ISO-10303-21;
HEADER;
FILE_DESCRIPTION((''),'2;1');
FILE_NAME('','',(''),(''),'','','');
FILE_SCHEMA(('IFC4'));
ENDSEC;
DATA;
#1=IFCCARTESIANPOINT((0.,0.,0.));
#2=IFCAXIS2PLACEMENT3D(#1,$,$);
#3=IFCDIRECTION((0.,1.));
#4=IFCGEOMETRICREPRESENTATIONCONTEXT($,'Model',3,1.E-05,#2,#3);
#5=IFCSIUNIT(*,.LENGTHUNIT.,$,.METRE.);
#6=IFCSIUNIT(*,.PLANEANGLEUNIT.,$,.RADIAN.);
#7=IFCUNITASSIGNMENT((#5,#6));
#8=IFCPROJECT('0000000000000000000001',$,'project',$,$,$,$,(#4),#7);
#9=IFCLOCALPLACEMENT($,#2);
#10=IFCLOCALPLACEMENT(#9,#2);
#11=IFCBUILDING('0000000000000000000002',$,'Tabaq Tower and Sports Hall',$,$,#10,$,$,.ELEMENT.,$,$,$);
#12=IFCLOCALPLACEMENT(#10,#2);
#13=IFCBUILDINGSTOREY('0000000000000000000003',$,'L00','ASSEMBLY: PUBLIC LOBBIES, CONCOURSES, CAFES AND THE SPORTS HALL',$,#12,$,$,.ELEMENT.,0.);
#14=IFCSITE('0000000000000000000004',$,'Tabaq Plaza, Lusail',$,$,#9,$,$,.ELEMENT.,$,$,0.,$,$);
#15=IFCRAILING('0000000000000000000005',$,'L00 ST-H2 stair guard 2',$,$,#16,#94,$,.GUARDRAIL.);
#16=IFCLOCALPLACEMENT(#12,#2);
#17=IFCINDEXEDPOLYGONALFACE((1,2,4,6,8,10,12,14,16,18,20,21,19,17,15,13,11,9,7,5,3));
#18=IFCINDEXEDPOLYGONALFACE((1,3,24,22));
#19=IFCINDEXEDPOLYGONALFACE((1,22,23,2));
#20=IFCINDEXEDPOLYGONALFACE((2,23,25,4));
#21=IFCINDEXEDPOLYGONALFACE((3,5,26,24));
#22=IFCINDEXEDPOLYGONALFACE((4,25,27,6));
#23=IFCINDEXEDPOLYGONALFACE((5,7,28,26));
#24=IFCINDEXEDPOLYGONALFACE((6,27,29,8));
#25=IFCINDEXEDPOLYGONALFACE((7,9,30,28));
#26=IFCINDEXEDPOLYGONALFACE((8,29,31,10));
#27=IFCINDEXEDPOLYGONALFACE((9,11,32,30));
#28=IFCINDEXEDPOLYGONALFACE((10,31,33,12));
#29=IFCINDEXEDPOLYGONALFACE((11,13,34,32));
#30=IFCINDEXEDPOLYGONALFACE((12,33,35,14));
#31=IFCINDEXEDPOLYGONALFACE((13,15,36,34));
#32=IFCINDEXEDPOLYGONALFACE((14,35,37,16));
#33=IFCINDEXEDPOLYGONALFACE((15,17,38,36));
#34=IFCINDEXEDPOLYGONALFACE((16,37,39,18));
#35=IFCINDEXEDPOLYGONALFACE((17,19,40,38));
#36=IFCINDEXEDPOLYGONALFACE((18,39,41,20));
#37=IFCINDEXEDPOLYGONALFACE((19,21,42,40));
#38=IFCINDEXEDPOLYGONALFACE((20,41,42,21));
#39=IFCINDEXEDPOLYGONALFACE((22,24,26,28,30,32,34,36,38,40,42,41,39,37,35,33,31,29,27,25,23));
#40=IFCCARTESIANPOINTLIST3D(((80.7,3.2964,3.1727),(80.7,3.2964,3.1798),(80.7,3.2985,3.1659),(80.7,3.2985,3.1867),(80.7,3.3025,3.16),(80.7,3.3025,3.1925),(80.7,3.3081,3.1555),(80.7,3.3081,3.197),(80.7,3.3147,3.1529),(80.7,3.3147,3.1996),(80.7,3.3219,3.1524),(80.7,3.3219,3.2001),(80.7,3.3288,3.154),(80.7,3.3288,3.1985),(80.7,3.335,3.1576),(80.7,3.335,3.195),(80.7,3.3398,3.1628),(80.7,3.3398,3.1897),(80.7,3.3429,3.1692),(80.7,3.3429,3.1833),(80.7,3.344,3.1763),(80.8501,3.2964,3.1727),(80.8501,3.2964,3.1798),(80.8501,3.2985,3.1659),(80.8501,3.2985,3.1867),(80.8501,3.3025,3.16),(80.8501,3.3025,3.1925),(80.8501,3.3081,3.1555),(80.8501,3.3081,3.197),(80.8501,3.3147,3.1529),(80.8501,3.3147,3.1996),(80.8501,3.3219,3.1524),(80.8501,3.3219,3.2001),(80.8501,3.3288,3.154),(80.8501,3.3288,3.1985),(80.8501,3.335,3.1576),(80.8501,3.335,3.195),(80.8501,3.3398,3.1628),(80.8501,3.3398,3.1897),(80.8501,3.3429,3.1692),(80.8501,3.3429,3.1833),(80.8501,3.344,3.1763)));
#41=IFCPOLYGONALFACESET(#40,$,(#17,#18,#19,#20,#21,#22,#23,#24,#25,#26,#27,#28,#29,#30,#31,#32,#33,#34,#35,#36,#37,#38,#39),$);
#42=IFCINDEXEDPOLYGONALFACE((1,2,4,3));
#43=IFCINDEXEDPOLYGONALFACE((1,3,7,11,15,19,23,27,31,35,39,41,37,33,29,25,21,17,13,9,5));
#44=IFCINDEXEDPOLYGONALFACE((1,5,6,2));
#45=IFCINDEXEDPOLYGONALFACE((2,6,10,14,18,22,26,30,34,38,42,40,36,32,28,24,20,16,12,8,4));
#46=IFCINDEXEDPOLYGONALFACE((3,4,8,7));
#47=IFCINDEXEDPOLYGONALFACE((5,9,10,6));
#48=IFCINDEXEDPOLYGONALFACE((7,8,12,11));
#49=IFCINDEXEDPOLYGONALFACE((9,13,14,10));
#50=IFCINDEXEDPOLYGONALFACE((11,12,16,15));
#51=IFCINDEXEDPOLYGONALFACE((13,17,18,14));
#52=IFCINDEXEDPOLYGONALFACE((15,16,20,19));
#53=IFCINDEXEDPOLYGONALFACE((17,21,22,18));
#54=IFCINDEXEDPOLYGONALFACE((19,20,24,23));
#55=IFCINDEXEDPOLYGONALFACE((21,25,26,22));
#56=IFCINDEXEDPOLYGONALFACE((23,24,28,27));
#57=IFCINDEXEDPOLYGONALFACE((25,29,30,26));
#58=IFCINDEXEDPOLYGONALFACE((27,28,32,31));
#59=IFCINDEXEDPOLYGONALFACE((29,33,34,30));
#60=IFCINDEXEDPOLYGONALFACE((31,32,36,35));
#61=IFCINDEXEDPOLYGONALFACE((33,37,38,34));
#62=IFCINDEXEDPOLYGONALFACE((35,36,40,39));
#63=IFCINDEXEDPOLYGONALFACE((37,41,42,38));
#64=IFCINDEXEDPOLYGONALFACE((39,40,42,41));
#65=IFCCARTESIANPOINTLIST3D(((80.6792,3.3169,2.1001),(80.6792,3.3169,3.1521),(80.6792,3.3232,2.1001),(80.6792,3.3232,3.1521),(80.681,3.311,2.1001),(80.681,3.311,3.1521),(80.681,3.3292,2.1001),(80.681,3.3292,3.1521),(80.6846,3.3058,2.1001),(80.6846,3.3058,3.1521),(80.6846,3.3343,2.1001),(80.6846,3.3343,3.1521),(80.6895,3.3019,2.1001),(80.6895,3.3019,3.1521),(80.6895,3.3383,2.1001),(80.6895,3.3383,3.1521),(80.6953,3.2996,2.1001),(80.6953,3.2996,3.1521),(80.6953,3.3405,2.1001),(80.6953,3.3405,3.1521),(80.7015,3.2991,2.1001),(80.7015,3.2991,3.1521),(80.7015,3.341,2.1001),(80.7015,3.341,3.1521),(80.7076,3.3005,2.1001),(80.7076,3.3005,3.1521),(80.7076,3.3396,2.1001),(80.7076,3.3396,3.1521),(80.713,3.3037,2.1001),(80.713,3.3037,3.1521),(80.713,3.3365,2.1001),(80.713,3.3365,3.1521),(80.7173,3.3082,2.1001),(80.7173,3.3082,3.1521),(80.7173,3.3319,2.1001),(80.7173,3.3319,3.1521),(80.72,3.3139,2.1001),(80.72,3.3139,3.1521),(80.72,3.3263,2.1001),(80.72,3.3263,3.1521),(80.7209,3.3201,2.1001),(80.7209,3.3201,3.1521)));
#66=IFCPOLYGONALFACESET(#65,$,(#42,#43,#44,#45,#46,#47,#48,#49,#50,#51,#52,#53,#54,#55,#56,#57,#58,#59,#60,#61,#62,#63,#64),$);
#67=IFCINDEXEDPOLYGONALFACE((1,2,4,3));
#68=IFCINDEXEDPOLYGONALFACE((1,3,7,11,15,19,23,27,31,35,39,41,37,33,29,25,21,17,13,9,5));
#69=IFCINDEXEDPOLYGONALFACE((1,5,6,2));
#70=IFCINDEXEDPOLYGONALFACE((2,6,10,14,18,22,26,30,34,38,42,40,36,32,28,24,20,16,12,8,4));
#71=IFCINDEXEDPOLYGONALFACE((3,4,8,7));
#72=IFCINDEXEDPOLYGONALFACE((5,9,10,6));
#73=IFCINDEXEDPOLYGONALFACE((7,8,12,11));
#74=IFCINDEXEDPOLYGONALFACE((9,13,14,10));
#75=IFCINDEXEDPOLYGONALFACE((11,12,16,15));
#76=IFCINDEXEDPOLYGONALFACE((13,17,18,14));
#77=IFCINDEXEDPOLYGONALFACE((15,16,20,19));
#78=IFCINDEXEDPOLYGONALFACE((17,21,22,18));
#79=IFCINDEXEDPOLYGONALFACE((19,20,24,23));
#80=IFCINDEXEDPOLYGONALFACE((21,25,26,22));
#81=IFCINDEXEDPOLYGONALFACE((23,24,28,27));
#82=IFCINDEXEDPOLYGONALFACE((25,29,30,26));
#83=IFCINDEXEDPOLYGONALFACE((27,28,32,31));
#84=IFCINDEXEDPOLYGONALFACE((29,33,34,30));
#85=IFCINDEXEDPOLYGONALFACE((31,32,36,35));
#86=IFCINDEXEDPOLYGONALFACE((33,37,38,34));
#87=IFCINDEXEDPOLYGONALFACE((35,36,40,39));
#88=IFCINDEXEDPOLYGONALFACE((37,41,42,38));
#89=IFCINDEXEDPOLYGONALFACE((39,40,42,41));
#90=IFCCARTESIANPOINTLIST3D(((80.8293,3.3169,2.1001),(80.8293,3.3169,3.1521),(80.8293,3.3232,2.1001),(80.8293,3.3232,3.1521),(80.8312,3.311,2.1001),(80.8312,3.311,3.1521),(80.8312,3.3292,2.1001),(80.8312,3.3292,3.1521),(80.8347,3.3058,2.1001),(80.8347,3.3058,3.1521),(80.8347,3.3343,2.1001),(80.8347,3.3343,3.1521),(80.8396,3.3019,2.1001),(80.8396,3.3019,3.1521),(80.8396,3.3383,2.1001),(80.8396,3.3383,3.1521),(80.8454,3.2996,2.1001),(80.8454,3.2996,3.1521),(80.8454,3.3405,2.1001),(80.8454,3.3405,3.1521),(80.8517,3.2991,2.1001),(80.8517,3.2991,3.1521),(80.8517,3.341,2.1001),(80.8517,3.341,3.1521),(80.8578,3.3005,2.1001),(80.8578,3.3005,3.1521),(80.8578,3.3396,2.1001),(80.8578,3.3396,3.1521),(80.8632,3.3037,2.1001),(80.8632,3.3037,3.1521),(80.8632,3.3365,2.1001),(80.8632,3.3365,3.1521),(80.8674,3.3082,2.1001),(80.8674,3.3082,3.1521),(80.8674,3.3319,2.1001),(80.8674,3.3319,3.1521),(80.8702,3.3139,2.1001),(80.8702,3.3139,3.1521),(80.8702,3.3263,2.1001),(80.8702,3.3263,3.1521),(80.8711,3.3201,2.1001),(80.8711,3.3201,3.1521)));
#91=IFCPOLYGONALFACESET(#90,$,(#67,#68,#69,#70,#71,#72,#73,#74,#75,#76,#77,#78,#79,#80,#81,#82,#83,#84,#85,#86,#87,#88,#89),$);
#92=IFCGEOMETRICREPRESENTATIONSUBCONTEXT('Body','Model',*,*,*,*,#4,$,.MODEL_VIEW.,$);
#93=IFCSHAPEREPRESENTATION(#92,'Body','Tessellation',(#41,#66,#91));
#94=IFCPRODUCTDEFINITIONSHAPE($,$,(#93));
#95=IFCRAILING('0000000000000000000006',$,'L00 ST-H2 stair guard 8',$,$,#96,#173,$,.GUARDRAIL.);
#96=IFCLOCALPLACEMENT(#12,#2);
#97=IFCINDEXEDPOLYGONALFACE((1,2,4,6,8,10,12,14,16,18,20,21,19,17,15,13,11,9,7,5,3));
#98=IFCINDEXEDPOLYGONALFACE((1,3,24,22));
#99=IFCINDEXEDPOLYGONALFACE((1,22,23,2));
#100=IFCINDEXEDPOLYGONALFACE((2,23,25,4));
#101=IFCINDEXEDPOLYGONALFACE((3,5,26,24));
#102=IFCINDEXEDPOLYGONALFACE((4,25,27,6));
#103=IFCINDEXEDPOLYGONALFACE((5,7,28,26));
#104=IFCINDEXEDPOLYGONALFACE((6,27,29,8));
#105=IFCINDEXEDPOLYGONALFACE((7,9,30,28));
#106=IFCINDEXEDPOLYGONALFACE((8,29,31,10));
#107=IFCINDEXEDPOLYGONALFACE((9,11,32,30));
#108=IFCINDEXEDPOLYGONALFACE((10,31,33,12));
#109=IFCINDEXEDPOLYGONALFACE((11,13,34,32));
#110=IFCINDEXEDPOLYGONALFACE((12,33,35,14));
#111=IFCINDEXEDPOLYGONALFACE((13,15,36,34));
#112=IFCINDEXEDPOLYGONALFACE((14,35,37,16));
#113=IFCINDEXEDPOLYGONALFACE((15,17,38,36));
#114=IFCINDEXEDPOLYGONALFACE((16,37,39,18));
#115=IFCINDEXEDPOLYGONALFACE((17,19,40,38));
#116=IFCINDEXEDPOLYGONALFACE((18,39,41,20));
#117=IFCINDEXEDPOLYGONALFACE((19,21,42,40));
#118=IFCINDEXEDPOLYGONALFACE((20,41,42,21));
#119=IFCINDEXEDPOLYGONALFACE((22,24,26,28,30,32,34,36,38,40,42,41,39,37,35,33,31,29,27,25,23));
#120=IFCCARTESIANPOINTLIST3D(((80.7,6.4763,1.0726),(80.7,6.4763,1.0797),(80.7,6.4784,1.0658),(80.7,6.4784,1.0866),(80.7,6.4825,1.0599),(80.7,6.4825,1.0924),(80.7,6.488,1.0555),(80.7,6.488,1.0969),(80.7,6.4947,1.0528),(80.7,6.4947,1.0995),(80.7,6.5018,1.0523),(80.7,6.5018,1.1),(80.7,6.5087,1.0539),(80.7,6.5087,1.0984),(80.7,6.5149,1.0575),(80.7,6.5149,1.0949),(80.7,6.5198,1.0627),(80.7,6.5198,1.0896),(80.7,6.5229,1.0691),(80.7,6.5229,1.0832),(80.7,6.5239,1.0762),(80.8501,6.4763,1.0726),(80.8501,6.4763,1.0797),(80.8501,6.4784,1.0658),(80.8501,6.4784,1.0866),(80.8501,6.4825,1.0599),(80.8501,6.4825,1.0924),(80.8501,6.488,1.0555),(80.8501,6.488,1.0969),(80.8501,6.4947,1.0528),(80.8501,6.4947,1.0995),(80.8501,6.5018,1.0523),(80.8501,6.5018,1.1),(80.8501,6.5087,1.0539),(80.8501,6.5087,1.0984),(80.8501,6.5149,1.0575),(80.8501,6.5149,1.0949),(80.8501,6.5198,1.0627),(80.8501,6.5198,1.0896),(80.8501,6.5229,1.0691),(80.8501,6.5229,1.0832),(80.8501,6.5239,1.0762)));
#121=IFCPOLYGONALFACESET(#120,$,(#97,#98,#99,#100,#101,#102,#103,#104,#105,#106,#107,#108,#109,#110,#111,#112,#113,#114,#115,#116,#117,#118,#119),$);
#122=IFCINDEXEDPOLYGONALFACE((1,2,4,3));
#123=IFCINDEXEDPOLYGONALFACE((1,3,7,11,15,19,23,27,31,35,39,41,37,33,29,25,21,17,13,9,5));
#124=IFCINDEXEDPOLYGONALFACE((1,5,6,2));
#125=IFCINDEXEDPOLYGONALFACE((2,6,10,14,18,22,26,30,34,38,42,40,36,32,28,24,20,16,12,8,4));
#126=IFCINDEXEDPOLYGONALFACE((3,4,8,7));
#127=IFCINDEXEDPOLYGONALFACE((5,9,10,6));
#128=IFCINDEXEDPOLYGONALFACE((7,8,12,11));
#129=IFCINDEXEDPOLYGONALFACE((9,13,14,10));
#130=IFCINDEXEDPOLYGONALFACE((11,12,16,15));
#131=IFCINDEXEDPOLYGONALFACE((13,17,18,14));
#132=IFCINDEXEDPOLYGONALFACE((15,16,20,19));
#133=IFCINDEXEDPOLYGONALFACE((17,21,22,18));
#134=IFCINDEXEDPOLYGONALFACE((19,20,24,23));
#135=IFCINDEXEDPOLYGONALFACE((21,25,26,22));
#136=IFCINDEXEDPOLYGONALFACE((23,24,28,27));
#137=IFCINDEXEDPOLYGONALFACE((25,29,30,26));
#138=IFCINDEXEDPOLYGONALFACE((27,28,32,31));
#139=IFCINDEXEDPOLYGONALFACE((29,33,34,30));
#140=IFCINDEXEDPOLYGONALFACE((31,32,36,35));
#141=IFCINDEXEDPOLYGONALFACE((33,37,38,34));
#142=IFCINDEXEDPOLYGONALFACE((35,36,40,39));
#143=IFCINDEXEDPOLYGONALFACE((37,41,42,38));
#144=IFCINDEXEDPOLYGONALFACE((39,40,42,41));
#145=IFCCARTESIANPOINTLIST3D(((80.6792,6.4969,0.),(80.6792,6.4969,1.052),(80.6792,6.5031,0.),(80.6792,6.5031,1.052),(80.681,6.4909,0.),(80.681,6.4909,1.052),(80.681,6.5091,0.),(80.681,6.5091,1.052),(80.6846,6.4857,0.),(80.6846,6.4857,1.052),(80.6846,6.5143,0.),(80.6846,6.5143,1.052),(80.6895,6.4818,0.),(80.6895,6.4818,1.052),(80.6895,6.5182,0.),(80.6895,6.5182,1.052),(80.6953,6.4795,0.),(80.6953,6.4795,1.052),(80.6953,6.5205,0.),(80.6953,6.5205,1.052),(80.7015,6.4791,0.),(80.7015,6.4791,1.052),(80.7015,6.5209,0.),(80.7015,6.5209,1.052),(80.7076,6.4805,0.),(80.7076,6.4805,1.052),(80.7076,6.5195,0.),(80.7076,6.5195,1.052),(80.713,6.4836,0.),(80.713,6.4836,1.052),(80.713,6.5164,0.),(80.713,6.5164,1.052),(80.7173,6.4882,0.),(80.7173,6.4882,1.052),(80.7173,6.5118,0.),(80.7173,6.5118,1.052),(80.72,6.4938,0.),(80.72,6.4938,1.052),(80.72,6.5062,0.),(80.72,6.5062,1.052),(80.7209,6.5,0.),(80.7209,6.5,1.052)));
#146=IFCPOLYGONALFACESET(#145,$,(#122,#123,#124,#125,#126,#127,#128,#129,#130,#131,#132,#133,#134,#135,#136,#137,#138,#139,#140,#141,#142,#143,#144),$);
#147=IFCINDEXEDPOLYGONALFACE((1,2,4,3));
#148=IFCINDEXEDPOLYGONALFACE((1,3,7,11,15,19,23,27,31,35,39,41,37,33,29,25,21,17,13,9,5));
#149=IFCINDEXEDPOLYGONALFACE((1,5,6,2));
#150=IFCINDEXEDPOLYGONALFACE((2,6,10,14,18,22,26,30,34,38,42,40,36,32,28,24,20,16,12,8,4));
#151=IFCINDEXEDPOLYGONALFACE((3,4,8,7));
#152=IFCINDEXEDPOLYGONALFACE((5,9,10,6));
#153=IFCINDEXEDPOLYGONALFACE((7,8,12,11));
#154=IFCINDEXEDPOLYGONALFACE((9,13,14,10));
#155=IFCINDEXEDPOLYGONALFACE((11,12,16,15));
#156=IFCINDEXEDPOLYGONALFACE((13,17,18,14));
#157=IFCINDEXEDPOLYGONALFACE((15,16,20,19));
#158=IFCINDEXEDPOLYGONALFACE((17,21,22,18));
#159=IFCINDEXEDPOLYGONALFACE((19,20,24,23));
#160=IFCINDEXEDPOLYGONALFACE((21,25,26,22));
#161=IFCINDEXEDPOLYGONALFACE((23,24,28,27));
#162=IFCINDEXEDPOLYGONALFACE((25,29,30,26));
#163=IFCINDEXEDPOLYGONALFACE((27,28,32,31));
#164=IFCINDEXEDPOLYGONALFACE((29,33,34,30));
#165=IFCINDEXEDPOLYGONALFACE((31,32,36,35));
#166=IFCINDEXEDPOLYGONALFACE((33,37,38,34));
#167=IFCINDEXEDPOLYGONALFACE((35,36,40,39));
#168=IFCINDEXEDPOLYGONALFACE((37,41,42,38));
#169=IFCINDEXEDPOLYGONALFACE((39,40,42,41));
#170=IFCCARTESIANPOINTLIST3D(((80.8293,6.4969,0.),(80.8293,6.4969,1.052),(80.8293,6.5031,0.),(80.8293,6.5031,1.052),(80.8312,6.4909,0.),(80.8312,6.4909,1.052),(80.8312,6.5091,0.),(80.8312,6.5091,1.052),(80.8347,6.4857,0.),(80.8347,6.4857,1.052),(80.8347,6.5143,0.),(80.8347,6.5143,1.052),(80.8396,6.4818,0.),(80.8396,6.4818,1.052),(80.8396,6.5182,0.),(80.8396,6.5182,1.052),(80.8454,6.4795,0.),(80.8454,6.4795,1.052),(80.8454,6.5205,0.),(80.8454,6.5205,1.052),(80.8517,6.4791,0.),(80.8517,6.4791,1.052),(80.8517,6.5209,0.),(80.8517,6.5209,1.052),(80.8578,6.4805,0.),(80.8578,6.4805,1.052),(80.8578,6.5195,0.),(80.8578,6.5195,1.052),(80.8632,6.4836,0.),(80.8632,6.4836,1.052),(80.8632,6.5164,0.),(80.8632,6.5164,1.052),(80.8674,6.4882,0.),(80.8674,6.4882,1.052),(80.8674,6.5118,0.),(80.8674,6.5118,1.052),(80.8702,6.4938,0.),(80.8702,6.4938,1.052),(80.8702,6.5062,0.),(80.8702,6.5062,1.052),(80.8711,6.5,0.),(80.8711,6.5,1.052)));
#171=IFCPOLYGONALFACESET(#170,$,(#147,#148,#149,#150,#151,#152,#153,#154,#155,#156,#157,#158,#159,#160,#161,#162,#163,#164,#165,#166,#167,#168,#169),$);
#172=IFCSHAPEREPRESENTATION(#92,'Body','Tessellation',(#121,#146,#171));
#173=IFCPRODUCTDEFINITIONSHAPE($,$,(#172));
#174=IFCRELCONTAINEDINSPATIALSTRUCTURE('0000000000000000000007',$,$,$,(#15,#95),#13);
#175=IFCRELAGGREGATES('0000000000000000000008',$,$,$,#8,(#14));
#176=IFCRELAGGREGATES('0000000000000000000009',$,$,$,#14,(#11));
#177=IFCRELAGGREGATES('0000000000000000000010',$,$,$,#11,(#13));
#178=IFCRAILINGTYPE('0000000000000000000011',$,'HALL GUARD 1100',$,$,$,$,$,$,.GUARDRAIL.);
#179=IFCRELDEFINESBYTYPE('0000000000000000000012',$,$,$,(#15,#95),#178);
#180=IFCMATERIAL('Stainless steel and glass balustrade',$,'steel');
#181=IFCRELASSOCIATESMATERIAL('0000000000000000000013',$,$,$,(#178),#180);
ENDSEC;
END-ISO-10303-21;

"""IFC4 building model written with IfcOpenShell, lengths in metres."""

from ifc_helpers import new_model, si_unit, direction, frame, origin, origin_2d, place, context, subcontext, project, spatial, circle, extrude, material, type_object, element, save


model = new_model("IFC4")

# Units and contexts
model_context = context("Model", 3, precision=1e-05, world=origin(), true_north=direction((0.0, 1.0)))
body_context = subcontext(model_context, "Body", "Model", "MODEL_VIEW")
ifc_project = project(units=[si_unit("LENGTHUNIT", "METRE"), si_unit("PLANEANGLEUNIT", "RADIAN")], contexts=[model_context])

# Site, building, storey
site_placement = place(None, origin())
site = spatial("IfcSite", under=ifc_project, at=site_placement, Name="Tabaq Plaza, Lusail", CompositionType="ELEMENT", RefElevation=0.0)
building_placement = place(site_placement, origin())
building = spatial("IfcBuilding", under=site, at=building_placement, Name="Tabaq Tower and Sports Hall", CompositionType="ELEMENT")
storey_placement = place(building_placement, origin())
storey = spatial("IfcBuildingStorey", under=building, at=storey_placement, Name="L00", Description="ASSEMBLY: PUBLIC LOBBIES, CONCOURSES, CAFES AND THE SPORTS HALL", CompositionType="ELEMENT", Elevation=0.0)

# Railings
ifc_material_1 = material(Name="Stainless steel and glass balustrade", Category="steel")
railing_type_1 = type_object("IfcRailingType", Name="HALL GUARD 1100", PredefinedType="GUARDRAIL", material=ifc_material_1)
for number, where, name in (
    (1, (80.7, 3.3201, 2.1001), "L00 ST-H2 stair guard 2"),
    (2, (80.7, 6.5, 0.0), "L00 ST-H2 stair guard 8"),
):
    element("IfcRailing", number, at=place(storey_placement, frame(where)), inside=storey, type_object=railing_type_1, Name=name, PredefinedType="GUARDRAIL", context=body_context, shape_type="SweptSolid", body=[
        extrude(circle(Radius=0.0239, at=origin_2d()), frame((0.0, 0.0, 1.0762), z_axis=(1.0, 0.0, 0.0), x_axis=(0.0, 1.0, 0.0)), (0.0, 0.0, 1.0), 0.1501),
        extrude(circle(Radius=0.021, at=origin_2d()), origin(), (0.0, 0.0, 1.0), 1.052),
        extrude(circle(Radius=0.021, at=origin_2d()), frame((0.1501, 0.0, 0.0)), (0.0, 0.0, 1.0), 1.052),
    ])

save(model, "model.ifc")
